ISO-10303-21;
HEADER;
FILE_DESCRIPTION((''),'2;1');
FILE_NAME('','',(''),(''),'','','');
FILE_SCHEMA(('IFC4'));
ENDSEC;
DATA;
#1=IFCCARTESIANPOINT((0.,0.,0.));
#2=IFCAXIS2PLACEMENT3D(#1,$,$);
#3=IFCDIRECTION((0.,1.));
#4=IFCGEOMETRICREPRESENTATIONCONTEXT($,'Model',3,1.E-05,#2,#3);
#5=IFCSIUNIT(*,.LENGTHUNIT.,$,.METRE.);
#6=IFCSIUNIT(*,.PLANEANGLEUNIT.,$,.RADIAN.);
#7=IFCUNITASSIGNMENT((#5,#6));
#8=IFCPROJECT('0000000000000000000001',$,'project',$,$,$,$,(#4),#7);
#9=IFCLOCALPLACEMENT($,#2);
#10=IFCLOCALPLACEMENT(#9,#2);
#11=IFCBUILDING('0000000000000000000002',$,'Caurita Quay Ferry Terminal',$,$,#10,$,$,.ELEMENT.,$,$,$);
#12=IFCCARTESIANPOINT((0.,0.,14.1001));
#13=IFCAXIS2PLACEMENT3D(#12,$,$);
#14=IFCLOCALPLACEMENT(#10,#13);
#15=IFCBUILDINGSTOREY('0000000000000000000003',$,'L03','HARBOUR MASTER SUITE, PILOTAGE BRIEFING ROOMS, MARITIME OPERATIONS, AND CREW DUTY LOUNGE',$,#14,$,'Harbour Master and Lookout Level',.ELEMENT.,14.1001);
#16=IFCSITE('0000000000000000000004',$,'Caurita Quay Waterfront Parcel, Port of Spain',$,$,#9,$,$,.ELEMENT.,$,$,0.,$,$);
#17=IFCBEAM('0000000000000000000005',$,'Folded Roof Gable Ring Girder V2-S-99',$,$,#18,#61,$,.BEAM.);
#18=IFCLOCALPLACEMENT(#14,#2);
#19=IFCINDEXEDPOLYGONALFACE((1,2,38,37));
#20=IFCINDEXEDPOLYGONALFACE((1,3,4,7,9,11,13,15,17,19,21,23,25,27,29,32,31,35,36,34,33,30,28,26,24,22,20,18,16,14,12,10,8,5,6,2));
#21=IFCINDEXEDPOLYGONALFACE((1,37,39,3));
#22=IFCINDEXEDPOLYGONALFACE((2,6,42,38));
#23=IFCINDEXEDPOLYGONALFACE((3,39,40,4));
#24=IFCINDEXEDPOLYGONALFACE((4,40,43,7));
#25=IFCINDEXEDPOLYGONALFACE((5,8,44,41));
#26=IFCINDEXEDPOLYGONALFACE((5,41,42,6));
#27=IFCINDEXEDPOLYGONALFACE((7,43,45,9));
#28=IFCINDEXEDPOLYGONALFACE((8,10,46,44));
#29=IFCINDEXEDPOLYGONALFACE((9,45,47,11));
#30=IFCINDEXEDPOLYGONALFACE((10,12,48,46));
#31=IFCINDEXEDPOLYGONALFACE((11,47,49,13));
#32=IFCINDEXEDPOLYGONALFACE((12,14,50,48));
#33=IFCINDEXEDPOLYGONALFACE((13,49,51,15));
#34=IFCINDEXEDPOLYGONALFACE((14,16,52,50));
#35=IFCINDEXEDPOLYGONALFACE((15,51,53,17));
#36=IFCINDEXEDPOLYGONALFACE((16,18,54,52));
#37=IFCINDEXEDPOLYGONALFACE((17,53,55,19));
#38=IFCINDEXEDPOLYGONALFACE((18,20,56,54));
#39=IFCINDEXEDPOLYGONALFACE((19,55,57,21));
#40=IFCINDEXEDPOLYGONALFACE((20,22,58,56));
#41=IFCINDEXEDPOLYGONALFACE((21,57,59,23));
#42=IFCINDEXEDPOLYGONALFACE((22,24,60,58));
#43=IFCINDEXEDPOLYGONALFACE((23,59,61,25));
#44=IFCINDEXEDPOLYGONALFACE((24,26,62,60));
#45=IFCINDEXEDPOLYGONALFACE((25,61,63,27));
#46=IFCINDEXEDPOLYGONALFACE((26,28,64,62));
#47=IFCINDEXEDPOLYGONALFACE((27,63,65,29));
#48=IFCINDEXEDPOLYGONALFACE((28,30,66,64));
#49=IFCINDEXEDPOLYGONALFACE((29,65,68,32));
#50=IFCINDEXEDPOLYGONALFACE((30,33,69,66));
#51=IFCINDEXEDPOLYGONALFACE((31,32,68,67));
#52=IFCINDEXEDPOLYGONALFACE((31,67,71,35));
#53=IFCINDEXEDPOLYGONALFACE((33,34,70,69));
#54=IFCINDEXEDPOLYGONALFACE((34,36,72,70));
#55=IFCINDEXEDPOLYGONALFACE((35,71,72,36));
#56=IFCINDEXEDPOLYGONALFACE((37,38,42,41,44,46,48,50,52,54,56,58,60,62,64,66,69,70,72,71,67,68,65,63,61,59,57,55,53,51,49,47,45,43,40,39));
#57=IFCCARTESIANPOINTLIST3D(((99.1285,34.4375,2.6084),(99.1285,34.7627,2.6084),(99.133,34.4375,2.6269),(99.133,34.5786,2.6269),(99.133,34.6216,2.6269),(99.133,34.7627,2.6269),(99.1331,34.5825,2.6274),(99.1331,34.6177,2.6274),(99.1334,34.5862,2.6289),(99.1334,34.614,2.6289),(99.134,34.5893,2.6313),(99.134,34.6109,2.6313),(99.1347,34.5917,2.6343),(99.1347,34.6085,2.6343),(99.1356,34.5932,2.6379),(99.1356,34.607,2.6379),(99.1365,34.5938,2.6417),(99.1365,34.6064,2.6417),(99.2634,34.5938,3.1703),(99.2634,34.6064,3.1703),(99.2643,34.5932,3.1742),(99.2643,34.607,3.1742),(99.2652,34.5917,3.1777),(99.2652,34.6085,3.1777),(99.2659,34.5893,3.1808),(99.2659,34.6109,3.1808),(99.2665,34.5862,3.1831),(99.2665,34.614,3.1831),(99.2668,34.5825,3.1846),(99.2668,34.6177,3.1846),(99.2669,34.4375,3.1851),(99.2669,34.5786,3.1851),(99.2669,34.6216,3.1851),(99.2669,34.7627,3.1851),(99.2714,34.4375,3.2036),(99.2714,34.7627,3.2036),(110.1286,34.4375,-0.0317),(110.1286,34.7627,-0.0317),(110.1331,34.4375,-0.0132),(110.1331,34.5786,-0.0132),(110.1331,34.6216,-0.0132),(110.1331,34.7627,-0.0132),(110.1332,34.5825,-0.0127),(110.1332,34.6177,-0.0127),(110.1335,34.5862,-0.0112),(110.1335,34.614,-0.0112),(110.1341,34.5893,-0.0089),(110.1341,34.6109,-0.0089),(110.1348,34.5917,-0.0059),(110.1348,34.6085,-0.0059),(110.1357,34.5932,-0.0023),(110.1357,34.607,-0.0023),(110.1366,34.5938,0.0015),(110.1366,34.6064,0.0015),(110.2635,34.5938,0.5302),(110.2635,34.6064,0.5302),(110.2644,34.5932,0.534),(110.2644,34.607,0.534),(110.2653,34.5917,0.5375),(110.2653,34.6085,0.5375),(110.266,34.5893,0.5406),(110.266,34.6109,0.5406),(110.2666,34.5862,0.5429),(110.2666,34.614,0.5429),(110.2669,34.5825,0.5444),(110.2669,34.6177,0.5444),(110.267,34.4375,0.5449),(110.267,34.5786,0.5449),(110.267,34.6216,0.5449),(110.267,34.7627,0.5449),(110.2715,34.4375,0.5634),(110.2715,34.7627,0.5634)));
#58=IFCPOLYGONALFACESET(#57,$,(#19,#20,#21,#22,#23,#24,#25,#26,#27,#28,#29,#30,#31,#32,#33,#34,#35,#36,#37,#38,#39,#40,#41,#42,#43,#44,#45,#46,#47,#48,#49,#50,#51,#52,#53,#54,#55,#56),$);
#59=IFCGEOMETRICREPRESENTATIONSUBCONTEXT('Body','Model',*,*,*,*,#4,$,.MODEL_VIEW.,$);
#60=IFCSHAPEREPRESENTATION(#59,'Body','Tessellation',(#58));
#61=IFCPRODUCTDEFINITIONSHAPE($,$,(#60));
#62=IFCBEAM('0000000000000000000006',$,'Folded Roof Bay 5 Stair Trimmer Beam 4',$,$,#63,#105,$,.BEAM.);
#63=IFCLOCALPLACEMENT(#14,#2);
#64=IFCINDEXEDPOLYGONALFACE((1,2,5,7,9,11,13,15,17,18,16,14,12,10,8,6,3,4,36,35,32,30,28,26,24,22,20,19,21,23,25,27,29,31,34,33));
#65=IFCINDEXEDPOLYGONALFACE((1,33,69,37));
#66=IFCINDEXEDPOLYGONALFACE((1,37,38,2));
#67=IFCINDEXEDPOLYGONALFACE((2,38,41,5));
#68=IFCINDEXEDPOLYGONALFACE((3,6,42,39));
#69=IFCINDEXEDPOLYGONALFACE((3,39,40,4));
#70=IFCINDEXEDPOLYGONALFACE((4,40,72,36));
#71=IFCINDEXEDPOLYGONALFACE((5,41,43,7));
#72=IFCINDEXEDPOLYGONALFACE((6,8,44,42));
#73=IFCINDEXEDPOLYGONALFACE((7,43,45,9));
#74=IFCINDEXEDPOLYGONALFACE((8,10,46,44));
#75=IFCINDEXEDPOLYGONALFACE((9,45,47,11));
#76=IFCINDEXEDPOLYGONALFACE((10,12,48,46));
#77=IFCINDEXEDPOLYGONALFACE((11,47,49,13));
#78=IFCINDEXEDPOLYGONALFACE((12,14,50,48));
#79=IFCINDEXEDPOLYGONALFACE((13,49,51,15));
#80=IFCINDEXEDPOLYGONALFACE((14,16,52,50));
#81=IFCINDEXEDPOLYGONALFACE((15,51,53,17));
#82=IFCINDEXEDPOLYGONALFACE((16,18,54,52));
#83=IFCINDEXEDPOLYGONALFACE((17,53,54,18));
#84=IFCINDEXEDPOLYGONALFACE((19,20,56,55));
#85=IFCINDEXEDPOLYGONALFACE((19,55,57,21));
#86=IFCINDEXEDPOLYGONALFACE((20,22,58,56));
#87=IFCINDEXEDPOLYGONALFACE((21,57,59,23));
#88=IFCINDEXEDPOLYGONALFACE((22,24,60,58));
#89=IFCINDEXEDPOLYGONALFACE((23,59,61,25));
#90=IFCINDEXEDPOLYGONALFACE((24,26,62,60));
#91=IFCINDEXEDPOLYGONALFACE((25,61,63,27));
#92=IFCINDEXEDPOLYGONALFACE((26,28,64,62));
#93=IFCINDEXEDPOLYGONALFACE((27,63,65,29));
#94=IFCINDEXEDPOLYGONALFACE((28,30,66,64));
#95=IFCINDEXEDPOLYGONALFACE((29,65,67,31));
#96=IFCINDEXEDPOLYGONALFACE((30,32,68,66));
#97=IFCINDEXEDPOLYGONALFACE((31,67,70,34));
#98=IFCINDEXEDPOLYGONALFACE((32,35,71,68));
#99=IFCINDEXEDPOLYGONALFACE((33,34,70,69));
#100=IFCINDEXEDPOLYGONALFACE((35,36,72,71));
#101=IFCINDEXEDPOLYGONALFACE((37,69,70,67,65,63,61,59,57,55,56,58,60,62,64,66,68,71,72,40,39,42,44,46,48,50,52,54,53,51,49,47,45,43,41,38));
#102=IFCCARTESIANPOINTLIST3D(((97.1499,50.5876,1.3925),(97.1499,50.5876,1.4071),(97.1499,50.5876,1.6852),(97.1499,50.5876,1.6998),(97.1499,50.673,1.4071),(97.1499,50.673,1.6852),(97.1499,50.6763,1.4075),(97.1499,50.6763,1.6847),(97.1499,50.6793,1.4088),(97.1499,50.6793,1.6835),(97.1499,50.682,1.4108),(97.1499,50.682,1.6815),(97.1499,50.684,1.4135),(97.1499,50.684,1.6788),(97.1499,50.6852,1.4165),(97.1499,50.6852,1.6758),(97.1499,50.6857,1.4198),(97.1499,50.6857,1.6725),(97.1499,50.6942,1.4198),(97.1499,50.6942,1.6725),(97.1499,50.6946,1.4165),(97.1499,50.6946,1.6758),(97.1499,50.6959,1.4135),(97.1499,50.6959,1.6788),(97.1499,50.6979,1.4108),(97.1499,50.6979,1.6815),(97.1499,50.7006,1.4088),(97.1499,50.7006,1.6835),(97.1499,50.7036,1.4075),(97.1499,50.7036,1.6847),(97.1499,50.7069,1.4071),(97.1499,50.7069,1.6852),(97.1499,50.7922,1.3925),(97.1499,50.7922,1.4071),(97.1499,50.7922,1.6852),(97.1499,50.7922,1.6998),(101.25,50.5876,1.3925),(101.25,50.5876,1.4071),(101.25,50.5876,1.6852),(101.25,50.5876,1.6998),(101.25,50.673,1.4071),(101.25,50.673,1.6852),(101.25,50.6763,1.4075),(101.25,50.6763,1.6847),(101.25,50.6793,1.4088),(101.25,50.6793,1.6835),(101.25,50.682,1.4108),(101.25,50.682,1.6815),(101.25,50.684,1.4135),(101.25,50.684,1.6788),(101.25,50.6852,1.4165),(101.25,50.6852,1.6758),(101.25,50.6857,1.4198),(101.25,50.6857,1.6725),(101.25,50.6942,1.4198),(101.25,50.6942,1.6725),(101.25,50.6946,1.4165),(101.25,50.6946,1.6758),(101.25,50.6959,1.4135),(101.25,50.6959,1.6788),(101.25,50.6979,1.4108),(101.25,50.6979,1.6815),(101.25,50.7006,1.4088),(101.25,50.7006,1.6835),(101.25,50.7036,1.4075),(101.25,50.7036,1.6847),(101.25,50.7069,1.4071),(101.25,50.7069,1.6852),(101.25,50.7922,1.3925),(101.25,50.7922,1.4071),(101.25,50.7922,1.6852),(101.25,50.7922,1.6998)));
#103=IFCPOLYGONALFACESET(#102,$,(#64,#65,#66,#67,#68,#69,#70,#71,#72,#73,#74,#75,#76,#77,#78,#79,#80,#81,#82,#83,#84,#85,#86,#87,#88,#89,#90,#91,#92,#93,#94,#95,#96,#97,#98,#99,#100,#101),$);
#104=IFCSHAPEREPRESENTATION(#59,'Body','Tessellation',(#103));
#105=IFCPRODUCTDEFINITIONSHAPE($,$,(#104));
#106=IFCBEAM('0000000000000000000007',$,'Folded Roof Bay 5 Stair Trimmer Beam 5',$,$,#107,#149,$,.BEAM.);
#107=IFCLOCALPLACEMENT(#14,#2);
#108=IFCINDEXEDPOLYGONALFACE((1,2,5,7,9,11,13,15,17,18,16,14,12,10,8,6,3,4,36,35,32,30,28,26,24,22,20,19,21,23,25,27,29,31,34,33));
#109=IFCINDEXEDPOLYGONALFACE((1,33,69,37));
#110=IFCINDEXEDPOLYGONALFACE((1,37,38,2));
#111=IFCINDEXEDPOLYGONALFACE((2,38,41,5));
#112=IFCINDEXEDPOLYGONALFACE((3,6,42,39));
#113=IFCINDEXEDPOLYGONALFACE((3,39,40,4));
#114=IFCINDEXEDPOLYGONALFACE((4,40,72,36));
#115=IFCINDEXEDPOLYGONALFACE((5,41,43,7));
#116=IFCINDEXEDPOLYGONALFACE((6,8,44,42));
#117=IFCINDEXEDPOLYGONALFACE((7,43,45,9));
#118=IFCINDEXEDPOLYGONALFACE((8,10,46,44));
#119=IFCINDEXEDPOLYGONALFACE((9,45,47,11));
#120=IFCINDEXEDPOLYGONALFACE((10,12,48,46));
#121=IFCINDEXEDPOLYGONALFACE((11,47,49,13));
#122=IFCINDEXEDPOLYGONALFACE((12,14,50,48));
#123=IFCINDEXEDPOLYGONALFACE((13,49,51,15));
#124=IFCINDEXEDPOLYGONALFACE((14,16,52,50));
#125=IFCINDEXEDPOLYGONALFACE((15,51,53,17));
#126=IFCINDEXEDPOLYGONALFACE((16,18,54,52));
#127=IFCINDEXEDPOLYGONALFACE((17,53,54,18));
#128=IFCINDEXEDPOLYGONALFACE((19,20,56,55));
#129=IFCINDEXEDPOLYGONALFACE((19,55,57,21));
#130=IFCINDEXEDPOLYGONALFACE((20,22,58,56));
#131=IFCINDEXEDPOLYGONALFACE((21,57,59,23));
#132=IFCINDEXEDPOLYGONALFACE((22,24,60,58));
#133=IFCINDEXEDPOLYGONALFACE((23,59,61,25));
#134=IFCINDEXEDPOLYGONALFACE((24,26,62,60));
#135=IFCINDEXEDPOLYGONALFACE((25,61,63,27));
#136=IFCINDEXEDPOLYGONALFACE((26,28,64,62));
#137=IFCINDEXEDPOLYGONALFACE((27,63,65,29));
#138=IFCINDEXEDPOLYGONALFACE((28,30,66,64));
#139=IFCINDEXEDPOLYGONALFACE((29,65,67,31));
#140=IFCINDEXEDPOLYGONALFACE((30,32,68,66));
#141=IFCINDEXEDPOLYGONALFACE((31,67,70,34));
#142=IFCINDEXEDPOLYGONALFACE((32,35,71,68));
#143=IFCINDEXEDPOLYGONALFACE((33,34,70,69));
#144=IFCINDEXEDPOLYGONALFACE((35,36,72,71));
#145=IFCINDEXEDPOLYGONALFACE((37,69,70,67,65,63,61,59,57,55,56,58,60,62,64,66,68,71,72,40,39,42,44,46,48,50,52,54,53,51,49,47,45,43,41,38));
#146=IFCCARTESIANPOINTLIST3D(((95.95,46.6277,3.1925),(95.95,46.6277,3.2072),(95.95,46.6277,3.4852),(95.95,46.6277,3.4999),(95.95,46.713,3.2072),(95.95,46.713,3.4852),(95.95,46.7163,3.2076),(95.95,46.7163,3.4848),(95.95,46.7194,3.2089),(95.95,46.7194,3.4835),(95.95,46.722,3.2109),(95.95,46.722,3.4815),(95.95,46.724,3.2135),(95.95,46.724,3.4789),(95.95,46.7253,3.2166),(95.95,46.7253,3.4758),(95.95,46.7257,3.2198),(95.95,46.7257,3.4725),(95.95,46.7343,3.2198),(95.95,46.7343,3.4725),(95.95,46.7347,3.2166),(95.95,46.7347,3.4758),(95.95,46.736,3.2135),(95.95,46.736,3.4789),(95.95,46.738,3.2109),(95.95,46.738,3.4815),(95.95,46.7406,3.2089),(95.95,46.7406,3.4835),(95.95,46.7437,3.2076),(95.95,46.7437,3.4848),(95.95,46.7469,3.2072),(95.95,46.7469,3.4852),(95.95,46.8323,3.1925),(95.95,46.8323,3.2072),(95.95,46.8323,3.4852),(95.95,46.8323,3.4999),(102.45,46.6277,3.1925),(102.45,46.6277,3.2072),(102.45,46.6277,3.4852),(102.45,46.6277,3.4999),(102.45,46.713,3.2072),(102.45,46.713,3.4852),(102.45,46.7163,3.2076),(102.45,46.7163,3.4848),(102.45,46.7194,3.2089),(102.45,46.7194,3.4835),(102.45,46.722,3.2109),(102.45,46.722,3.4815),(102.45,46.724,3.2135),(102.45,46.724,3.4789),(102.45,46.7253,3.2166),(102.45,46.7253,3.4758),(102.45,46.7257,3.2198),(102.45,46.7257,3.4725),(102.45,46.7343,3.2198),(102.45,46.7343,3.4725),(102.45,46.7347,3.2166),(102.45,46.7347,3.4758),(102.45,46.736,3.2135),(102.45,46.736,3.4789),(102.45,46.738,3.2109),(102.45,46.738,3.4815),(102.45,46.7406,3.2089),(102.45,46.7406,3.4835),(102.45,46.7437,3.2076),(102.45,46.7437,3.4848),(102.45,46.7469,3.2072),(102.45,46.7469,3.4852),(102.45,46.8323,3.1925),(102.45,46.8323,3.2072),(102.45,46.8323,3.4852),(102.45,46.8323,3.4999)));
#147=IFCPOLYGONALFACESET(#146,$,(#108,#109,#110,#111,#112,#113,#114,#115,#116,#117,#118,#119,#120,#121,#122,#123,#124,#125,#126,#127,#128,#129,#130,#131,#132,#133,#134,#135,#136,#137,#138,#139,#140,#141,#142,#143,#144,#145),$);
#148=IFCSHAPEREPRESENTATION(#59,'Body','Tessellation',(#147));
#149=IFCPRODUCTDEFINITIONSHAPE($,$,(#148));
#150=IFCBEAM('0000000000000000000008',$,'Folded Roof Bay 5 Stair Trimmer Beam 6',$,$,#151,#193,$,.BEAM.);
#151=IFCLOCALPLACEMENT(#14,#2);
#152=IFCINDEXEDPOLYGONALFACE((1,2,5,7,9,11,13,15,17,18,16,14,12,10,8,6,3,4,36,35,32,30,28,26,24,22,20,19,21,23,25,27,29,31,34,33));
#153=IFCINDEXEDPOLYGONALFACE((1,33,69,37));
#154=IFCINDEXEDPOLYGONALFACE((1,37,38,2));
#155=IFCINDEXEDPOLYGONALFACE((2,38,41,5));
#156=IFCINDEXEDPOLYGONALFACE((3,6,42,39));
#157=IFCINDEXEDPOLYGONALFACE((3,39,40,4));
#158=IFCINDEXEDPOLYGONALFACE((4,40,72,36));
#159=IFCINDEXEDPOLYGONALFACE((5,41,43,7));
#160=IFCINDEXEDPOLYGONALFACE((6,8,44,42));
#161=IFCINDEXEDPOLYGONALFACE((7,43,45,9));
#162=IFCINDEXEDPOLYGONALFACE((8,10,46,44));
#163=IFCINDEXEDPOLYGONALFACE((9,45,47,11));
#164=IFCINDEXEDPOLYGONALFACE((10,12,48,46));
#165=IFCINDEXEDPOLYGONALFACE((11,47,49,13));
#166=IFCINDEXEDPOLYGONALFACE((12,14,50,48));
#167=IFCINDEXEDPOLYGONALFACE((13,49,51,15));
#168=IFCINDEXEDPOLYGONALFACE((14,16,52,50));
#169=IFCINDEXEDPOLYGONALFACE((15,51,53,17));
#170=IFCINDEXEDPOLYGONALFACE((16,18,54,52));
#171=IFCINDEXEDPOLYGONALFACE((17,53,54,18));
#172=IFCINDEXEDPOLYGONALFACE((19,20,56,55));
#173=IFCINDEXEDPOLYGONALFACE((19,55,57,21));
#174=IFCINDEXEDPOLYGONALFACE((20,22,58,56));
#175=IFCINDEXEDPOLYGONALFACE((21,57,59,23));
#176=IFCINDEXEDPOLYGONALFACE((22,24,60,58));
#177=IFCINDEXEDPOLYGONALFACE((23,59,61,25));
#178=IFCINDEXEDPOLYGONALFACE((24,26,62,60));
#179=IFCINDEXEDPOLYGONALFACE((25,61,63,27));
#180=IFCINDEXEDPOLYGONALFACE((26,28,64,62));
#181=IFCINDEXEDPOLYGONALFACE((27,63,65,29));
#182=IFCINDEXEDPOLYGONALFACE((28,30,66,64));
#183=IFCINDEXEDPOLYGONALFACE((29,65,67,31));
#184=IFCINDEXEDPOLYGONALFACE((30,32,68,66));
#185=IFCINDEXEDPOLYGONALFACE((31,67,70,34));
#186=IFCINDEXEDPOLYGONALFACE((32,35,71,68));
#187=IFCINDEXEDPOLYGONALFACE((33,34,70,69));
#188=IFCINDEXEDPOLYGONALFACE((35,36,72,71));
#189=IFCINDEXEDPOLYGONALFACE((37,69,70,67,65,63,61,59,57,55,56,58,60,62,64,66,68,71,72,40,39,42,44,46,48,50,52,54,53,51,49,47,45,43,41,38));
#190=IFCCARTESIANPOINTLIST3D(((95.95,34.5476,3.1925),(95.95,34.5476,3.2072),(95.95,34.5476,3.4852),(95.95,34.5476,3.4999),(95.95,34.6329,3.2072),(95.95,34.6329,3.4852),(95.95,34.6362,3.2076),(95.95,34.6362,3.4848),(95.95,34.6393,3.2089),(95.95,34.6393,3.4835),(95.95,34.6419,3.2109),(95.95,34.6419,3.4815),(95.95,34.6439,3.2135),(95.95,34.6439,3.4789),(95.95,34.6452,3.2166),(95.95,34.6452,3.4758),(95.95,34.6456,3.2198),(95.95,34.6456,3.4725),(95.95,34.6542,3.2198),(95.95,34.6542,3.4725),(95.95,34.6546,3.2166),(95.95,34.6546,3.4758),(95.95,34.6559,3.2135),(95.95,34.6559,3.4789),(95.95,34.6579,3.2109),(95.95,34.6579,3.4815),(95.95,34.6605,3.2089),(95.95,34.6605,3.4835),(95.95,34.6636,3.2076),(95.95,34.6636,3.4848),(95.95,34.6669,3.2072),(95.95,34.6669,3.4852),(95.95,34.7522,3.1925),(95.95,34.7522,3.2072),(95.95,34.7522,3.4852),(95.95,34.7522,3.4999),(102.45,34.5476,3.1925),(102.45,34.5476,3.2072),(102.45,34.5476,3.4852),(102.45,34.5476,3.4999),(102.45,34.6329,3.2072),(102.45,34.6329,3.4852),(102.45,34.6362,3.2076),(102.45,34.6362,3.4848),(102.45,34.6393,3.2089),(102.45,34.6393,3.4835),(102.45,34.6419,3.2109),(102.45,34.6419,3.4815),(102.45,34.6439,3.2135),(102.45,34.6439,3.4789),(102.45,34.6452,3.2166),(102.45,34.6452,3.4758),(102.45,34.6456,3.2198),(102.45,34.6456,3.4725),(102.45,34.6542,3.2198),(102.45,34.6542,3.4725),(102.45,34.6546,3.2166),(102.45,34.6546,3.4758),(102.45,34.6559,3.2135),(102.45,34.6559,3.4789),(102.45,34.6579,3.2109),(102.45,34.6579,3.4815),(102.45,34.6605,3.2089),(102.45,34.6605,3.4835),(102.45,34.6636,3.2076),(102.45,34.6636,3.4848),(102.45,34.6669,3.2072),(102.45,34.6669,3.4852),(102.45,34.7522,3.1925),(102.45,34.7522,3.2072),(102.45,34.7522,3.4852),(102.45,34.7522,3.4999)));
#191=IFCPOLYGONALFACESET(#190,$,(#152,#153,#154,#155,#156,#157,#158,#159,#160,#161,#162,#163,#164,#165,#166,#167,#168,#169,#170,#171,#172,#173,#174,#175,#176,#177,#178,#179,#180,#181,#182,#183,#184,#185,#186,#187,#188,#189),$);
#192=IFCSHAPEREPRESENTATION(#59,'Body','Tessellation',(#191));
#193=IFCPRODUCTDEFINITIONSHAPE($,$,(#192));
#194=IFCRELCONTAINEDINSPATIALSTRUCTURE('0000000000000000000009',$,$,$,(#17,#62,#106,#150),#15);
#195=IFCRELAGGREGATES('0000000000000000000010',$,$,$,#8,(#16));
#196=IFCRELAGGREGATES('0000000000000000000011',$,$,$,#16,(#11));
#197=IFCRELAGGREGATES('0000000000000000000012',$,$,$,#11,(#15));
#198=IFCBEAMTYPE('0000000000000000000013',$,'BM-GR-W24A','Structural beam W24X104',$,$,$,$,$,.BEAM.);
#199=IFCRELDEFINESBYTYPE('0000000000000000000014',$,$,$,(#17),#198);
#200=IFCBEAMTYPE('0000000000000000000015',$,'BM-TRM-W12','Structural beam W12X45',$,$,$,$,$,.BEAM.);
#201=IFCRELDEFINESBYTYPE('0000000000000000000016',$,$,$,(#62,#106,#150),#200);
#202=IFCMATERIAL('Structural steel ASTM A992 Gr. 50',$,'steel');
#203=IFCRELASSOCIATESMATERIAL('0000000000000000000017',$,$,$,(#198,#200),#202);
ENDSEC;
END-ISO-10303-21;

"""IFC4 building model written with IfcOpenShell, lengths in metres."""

from ifc_helpers import new_model, si_unit, direction, frame, origin, origin_2d, place, context, subcontext, project, spatial, i_section, extrude, material, material_profile, profile_set, type_object, element, save


model = new_model("IFC4")

# Units and contexts
model_context = context("Model", 3, precision=1e-05, world=origin(), true_north=direction((0.0, 1.0)))
body_context = subcontext(model_context, "Body", "Model", "MODEL_VIEW")
ifc_project = project(units=[si_unit("LENGTHUNIT", "METRE"), si_unit("PLANEANGLEUNIT", "RADIAN")], contexts=[model_context])

# Site, building, storey
site_placement = place(None, origin())
site = spatial("IfcSite", under=ifc_project, at=site_placement, Name="Caurita Quay Waterfront Parcel, Port of Spain", CompositionType="ELEMENT", RefElevation=0.0)
building_placement = place(site_placement, origin())
building = spatial("IfcBuilding", under=site, at=building_placement, Name="Caurita Quay Ferry Terminal", CompositionType="ELEMENT")
storey_placement = place(building_placement, frame((0.0, 0.0, 14.1001)))
storey = spatial("IfcBuildingStorey", under=building, at=storey_placement, Name="L03", Description="HARBOUR MASTER SUITE, PILOTAGE BRIEFING ROOMS, MARITIME OPERATIONS, AND CREW DUTY LOUNGE", LongName="Harbour Master and Lookout Level", CompositionType="ELEMENT", Elevation=14.1001)

# Beams
ifc_material_1 = material(Name="Structural steel ASTM A992 Gr. 50", Category="steel")
ifc_material_profile_1 = material_profile(ifc_material_1, i_section(OverallWidth=0.3252, OverallDepth=0.6121, WebThickness=0.0127, FlangeThickness=0.019, FilletRadius=0.0151, at=origin_2d()), Name="W24X104")
ifc_profile_set_1 = profile_set([ifc_material_profile_1], Name="Structural steel ASTM A992 Gr. 50")
beam_type_1 = type_object("IfcBeamType", Name="BM-GR-W24A", Description="Structural beam W24X104", PredefinedType="BEAM", material=ifc_profile_set_1)
beam_1_placement = place(storey_placement, frame((99.2, 34.6001, 2.906), z_axis=(0.972385, 0.0, -0.233384), x_axis=(0.0, 1.0, 0.0)))
element("IfcBeam", 1, at=beam_1_placement, inside=storey, type_object=beam_type_1, Name="Folded Roof Gable Ring Girder V2-S-99", PredefinedType="BEAM", context=body_context, shape_type="SweptSolid", body=[
    extrude(i_section(OverallWidth=0.3252, OverallDepth=0.6121, WebThickness=0.0127, FlangeThickness=0.019, FilletRadius=0.0151, at=origin_2d()), origin(), (0.0, 0.0, 1.0), 11.3125),
])
ifc_material_profile_2 = material_profile(ifc_material_1, i_section(OverallWidth=0.2046, OverallDepth=0.3074, WebThickness=0.0085, FlangeThickness=0.0146, FilletRadius=0.0127, at=origin_2d()), Name="W12X45")
ifc_profile_set_2 = profile_set([ifc_material_profile_2], Name="Structural steel ASTM A992 Gr. 50")
beam_type_2 = type_object("IfcBeamType", Name="BM-TRM-W12", Description="Structural beam W12X45", PredefinedType="BEAM", material=ifc_profile_set_2)
beam_2_placement = place(storey_placement, frame((97.1499, 50.6899, 1.5461), z_axis=(1.0, 0.0, 0.0), x_axis=(0.0, 1.0, 0.0)))
element("IfcBeam", 2, at=beam_2_placement, inside=storey, type_object=beam_type_2, Name="Folded Roof Bay 5 Stair Trimmer Beam 4", PredefinedType="BEAM", context=body_context, shape_type="SweptSolid", body=[
    extrude(i_section(OverallWidth=0.2046, OverallDepth=0.3074, WebThickness=0.0085, FlangeThickness=0.0146, FilletRadius=0.0127, at=origin_2d()), origin(), (0.0, 0.0, 1.0), 4.1001),
])
for number, where, z_axis, x_axis, name in (
    (3, (95.95, 46.73, 3.3462), (1.0, 0.0, 0.0), (0.0, 1.0, 0.0), "Folded Roof Bay 5 Stair Trimmer Beam 5"),
    (4, (95.95, 34.6499, 3.3462), (1.0, 0.0, 0.0), (0.0, 1.0, 0.0), "Folded Roof Bay 5 Stair Trimmer Beam 6"),
):
    element("IfcBeam", number, at=place(storey_placement, frame(where, z_axis=z_axis, x_axis=x_axis)), inside=storey, type_object=beam_type_2, Name=name, PredefinedType="BEAM", context=body_context, shape_type="SweptSolid", body=[
        extrude(i_section(OverallWidth=0.2046, OverallDepth=0.3074, WebThickness=0.0085, FlangeThickness=0.0146, FilletRadius=0.0127, at=origin_2d()), origin(), (0.0, 0.0, 1.0), 6.5),
    ])

save(model, "model.ifc")
